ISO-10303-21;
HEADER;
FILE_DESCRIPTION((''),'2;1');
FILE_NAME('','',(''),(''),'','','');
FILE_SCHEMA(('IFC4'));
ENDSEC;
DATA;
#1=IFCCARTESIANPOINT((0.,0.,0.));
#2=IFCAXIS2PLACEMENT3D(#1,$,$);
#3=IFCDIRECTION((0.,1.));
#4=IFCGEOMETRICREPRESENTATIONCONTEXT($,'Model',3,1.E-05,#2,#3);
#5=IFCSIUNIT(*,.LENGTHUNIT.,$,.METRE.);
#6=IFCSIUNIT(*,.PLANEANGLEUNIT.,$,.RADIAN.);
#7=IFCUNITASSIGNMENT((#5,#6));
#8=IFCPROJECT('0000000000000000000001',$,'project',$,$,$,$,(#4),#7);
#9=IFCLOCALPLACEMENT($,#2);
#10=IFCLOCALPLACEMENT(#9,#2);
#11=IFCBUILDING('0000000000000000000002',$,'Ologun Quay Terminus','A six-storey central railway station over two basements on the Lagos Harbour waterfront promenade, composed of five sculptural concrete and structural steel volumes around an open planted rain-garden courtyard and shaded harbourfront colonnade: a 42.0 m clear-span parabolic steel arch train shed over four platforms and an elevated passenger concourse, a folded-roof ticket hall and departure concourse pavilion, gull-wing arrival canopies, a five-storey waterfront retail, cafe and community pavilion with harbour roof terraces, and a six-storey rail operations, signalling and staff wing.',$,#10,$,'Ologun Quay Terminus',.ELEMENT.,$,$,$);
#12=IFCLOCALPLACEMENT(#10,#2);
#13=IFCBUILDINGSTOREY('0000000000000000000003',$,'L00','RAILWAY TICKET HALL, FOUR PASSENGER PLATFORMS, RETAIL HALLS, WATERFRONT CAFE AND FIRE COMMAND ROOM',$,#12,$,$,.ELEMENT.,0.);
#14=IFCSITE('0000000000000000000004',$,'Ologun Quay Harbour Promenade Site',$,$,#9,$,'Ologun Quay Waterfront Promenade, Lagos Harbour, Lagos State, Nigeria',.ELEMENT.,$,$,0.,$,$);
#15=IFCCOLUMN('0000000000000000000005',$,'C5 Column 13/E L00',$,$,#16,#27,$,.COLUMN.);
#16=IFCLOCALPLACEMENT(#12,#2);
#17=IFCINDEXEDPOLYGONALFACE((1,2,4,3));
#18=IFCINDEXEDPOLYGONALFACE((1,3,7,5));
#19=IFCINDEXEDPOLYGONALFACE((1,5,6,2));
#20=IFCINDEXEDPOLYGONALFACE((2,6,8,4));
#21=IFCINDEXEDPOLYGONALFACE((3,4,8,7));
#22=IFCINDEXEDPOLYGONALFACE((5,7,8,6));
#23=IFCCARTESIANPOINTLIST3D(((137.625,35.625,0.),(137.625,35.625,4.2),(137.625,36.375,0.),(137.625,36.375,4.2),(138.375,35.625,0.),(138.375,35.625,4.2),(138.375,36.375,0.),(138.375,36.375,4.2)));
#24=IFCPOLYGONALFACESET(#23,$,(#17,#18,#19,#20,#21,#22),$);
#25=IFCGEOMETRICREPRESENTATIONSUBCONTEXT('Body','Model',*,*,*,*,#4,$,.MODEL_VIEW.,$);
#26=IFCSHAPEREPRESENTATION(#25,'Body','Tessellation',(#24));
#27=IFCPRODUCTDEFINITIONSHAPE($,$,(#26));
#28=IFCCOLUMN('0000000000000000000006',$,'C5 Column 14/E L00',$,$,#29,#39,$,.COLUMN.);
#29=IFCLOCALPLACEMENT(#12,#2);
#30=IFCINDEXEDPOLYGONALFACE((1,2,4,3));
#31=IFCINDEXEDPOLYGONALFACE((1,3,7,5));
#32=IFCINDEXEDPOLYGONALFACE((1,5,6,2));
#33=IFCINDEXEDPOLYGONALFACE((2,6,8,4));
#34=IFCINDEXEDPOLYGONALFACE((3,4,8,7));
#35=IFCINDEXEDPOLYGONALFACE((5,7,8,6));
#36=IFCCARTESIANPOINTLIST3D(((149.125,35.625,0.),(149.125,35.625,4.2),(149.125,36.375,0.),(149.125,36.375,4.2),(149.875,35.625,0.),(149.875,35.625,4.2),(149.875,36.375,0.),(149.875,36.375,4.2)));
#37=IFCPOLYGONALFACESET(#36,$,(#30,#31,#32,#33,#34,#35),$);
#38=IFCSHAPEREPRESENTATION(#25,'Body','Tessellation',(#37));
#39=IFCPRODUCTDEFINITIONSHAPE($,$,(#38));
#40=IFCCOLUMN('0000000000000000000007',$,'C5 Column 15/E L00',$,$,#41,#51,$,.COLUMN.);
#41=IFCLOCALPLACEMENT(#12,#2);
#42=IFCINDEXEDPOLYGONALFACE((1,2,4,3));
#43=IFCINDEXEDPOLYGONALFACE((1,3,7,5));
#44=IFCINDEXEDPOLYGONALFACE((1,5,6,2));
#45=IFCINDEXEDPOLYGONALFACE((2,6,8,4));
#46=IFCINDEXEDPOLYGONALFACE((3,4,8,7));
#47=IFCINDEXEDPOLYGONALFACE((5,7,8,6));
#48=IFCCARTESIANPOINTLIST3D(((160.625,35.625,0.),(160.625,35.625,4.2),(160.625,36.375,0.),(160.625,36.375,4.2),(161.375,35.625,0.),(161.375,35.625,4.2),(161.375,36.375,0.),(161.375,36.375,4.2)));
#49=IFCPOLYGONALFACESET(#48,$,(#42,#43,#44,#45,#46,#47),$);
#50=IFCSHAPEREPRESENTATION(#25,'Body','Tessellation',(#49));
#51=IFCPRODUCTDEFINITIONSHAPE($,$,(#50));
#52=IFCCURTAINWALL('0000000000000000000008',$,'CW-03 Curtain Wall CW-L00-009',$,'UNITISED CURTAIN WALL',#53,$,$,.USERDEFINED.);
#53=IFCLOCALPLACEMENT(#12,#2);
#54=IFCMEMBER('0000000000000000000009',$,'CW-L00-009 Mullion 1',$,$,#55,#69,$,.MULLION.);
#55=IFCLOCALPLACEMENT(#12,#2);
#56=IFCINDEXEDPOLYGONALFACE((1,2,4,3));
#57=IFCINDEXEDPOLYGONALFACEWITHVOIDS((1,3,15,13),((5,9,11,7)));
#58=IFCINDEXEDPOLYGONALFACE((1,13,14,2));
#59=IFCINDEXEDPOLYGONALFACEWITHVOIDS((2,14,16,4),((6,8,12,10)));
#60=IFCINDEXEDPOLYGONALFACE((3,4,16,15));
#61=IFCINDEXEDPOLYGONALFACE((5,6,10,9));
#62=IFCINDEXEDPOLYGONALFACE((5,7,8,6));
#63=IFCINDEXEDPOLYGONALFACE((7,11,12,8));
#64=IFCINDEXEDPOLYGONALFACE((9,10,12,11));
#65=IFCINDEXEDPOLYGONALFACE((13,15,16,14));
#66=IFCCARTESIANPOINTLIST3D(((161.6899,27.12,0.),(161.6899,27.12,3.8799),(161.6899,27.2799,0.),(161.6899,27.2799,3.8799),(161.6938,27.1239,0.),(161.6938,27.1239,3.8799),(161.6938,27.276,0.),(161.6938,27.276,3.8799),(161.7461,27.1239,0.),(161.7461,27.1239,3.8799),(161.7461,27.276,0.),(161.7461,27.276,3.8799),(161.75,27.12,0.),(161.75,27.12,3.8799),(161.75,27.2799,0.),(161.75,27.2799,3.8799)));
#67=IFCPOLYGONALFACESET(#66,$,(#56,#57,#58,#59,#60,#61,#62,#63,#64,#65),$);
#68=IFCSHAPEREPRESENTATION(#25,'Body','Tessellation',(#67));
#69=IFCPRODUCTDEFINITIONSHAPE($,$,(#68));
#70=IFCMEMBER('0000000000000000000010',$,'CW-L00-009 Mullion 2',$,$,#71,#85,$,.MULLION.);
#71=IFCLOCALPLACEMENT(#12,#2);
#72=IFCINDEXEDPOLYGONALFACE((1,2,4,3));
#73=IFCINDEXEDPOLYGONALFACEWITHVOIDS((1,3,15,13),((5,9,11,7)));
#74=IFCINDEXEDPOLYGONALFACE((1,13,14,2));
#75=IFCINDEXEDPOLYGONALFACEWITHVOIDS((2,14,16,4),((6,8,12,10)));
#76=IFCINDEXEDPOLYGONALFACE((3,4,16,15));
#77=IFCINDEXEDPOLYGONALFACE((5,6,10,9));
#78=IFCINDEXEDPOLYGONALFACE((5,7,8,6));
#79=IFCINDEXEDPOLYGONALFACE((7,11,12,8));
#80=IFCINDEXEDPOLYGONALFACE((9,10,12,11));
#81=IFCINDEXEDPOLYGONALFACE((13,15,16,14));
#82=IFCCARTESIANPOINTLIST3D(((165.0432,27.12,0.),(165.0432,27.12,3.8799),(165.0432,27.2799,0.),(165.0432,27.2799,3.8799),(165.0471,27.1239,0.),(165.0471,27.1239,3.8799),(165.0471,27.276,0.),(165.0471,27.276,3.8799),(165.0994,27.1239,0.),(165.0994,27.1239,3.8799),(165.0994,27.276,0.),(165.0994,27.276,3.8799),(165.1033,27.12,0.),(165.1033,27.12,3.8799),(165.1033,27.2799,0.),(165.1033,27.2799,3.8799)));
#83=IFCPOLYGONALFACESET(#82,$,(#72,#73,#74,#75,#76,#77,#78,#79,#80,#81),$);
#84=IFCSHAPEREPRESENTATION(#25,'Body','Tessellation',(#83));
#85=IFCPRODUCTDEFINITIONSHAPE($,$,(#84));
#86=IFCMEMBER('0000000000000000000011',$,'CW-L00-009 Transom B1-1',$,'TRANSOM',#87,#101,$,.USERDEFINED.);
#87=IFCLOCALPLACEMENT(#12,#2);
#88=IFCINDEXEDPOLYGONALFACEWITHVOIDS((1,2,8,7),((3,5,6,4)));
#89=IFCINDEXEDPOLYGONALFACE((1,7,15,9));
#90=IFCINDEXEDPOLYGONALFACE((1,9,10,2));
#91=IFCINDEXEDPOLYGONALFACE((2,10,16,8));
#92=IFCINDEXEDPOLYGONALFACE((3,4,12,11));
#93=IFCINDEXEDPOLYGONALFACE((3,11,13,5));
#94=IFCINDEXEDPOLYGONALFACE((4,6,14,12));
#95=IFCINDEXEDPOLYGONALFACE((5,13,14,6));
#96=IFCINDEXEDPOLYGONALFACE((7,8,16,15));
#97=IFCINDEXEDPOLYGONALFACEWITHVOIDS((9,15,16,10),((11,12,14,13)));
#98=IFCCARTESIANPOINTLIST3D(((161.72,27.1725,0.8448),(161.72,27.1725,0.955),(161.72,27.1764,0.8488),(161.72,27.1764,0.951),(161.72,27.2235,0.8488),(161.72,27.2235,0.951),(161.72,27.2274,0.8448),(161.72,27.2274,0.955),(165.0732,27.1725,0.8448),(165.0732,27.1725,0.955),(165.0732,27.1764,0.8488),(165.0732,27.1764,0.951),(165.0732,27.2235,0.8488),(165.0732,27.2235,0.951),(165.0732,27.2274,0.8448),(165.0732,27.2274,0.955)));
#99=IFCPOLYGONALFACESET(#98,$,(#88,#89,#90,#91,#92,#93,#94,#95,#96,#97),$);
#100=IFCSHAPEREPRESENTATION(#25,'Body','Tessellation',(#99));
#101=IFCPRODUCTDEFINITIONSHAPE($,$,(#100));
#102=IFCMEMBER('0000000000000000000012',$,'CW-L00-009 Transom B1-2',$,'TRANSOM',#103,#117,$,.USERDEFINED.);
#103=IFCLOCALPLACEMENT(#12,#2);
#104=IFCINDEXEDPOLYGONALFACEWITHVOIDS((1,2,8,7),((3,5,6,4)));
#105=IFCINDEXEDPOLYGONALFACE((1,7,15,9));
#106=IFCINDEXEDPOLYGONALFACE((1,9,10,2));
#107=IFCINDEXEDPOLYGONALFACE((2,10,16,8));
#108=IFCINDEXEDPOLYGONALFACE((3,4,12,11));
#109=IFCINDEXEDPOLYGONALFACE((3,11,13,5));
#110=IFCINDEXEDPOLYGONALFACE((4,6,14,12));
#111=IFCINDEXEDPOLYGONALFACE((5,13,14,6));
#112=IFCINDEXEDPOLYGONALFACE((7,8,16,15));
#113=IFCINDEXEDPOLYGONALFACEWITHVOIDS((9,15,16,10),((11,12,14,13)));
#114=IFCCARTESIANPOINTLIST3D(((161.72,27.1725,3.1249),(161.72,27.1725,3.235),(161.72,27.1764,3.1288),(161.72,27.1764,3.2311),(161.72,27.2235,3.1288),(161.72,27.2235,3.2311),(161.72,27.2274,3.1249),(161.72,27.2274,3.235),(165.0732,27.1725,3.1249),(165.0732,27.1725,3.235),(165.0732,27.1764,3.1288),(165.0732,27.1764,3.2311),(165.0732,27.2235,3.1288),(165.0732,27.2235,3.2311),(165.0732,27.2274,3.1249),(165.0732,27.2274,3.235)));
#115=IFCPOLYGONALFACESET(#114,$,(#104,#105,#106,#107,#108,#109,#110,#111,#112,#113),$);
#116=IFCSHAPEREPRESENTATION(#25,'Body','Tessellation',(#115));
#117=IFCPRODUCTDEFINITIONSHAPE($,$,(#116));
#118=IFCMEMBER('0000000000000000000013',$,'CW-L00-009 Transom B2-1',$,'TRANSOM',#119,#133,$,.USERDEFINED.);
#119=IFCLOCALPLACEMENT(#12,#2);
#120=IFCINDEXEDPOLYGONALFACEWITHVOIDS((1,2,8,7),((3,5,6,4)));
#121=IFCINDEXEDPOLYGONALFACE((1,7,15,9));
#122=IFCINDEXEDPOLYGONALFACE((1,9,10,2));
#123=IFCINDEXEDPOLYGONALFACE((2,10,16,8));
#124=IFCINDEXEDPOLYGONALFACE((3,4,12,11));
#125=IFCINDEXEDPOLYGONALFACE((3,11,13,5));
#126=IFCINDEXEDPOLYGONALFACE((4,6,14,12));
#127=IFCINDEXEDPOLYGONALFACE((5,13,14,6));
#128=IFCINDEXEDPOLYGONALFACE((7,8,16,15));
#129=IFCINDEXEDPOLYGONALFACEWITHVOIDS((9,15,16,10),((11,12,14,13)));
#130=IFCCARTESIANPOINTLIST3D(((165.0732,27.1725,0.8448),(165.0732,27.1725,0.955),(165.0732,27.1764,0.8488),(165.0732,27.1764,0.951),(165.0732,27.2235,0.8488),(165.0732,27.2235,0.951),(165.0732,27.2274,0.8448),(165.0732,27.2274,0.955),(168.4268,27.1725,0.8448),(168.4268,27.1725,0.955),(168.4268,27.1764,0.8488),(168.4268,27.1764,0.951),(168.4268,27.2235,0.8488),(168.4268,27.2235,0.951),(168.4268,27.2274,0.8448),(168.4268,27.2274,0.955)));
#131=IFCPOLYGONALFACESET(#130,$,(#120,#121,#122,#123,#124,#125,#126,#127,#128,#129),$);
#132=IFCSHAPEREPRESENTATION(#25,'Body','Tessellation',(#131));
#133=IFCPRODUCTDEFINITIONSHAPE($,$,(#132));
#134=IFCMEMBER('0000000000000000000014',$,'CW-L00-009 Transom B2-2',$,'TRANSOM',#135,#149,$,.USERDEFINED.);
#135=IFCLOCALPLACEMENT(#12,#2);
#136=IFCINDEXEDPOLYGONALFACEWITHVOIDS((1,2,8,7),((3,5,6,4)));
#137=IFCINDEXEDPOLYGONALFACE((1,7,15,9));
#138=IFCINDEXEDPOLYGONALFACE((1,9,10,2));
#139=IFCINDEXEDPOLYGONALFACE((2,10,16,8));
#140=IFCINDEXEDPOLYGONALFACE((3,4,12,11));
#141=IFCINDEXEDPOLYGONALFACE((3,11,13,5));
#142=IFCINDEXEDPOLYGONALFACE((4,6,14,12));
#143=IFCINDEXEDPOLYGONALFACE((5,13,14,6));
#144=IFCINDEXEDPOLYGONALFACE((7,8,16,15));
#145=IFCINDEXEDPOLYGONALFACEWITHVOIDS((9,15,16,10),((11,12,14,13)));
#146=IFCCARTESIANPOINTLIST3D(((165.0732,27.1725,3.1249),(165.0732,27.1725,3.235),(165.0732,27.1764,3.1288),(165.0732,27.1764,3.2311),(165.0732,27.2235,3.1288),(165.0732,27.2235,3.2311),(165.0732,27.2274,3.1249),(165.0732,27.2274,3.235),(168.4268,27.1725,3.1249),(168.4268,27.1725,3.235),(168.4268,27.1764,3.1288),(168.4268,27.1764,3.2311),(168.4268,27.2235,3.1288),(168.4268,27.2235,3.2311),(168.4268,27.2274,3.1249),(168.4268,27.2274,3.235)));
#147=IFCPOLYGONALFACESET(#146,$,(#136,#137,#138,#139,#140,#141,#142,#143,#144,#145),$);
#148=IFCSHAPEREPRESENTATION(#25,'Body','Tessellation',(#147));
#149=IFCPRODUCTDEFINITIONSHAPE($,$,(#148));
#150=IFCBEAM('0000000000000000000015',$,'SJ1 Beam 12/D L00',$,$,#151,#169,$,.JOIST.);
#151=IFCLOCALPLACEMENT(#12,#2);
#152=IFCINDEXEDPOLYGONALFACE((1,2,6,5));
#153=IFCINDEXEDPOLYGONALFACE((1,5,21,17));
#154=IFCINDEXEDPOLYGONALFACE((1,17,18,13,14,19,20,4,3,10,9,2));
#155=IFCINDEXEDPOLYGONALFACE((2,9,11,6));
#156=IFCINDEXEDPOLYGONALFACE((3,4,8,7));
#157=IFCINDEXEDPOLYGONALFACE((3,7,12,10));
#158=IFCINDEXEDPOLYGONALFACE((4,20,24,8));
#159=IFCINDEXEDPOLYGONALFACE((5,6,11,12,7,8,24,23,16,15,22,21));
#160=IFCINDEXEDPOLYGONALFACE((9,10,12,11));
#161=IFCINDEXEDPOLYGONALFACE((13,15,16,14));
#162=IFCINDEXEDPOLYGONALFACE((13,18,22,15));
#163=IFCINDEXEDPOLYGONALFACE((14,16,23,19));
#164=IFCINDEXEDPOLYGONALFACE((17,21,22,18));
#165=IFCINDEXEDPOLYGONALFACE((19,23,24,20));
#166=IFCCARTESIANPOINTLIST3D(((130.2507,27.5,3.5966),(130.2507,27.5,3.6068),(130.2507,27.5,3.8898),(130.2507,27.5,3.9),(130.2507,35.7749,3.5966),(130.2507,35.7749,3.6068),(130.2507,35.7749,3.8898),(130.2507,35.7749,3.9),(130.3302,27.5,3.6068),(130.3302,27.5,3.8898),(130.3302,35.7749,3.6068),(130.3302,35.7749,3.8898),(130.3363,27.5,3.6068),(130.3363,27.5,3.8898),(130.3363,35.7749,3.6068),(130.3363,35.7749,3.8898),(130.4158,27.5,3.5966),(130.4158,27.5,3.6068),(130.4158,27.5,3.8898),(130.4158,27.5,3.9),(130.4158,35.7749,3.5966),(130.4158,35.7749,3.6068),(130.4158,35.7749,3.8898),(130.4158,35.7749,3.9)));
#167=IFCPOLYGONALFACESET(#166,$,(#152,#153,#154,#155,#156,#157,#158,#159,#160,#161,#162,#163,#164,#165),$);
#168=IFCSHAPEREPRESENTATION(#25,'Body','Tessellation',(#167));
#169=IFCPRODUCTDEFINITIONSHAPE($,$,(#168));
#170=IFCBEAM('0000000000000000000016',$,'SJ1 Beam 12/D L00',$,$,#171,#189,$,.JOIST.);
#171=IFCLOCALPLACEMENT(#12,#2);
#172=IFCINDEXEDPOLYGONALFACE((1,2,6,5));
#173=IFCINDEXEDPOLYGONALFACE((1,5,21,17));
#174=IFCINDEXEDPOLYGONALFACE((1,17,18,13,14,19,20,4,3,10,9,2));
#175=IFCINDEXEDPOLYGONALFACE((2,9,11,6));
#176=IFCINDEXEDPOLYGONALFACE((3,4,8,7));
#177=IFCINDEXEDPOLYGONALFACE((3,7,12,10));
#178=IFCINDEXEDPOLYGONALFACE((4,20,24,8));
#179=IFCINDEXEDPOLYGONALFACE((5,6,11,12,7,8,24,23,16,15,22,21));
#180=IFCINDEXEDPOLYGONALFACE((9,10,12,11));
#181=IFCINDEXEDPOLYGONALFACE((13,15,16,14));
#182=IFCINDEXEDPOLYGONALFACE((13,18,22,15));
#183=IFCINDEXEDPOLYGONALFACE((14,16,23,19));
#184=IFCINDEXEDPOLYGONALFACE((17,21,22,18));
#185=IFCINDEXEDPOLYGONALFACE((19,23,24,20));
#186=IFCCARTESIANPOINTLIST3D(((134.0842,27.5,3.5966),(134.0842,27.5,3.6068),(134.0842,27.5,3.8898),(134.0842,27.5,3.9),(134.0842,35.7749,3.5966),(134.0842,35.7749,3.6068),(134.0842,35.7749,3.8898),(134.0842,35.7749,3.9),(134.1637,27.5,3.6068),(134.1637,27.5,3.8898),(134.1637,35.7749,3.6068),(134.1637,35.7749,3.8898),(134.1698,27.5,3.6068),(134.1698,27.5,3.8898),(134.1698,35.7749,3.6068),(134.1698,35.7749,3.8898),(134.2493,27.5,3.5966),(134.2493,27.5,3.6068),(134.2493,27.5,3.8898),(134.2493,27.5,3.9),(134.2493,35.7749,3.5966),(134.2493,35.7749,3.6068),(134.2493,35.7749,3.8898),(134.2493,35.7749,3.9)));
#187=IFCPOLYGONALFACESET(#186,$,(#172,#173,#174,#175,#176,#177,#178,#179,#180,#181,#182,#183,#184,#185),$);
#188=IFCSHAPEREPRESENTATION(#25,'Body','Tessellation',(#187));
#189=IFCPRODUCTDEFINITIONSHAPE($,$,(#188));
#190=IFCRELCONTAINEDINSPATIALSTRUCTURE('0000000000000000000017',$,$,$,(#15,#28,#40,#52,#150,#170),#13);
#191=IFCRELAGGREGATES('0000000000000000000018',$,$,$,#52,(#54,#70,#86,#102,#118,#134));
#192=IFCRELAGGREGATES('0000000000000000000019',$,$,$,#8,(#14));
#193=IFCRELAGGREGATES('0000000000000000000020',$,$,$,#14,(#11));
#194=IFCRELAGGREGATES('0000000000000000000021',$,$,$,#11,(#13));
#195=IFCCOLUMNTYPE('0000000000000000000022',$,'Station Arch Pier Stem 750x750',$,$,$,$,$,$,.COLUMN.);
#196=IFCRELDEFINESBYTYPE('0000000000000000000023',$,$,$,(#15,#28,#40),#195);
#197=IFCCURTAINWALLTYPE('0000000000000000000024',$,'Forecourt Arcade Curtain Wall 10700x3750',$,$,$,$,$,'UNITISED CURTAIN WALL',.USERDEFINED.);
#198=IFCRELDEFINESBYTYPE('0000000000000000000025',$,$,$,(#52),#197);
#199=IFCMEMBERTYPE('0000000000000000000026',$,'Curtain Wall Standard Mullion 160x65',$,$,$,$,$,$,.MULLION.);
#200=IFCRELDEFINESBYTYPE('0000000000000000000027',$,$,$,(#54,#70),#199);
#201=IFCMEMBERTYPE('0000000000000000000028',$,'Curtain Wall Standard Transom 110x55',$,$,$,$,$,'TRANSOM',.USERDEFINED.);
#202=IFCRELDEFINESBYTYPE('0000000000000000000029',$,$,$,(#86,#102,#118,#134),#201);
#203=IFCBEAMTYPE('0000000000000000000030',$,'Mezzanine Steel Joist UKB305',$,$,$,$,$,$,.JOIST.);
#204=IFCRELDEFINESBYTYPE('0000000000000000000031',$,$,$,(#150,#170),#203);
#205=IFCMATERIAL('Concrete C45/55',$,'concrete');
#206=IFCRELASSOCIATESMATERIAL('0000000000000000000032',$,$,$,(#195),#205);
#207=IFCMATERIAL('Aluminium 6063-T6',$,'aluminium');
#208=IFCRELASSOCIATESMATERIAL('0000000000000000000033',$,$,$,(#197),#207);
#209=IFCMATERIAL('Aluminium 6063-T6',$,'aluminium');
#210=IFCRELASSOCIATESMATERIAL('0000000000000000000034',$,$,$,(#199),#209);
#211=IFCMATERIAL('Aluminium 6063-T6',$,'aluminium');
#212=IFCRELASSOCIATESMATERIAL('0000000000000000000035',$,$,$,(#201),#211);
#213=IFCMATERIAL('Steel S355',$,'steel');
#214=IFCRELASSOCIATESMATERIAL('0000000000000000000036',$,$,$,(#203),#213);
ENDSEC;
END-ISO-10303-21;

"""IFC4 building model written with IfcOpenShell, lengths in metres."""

from ifc_helpers import new_model, si_unit, direction, frame, origin, origin_2d, place, context, subcontext, project, spatial, rectangle, hollow_rectangle, i_section, extrude, material, material_profile, profile_set, type_object, element, aggregate, save


model = new_model("IFC4")

# Units and contexts
model_context = context("Model", 3, precision=1e-05, world=origin(), true_north=direction((0.0, 1.0)))
body_context = subcontext(model_context, "Body", "Model", "MODEL_VIEW")
ifc_project = project(units=[si_unit("LENGTHUNIT", "METRE"), si_unit("PLANEANGLEUNIT", "RADIAN")], contexts=[model_context])

# Site, building, storey
site_placement = place(None, origin())
site = spatial("IfcSite", under=ifc_project, at=site_placement, Name="Ologun Quay Harbour Promenade Site", LongName="Ologun Quay Waterfront Promenade, Lagos Harbour, Lagos State, Nigeria", CompositionType="ELEMENT", RefElevation=0.0)
building_placement = place(site_placement, origin())
building = spatial("IfcBuilding", under=site, at=building_placement, Name="Ologun Quay Terminus", Description="A six-storey central railway station over two basements on the Lagos Harbour waterfront promenade, composed of five sculptural concrete and structural steel volumes around an open planted rain-garden courtyard and shaded harbourfront colonnade: a 42.0 m clear-span parabolic steel arch train shed over four platforms and an elevated passenger concourse, a folded-roof ticket hall and departure concourse pavilion, gull-wing arrival canopies, a five-storey waterfront retail, cafe and community pavilion with harbour roof terraces, and a six-storey rail operations, signalling and staff wing.", LongName="Ologun Quay Terminus", CompositionType="ELEMENT")
storey_placement = place(building_placement, origin())
storey = spatial("IfcBuildingStorey", under=building, at=storey_placement, Name="L00", Description="RAILWAY TICKET HALL, FOUR PASSENGER PLATFORMS, RETAIL HALLS, WATERFRONT CAFE AND FIRE COMMAND ROOM", CompositionType="ELEMENT", Elevation=0.0)

# Columns
ifc_material_1 = material(Name="Concrete C45/55", Category="concrete")
ifc_material_profile_1 = material_profile(ifc_material_1, rectangle(XDim=0.75, YDim=0.75, at=origin_2d()), Name="RC 750x750")
ifc_profile_set_1 = profile_set([ifc_material_profile_1], Name="Concrete C45/55")
column_type = type_object("IfcColumnType", Name="Station Arch Pier Stem 750x750", PredefinedType="COLUMN", material=ifc_profile_set_1)
for number, where, z_axis, x_axis, name in (
    (1, (138.0, 36.0, 0.0), (0.0, 0.0, 1.0), (1.0, 0.0, 0.0), "C5 Column 13/E L00"),
    (2, (149.5, 36.0, 0.0), (0.0, 0.0, 1.0), (1.0, 0.0, 0.0), "C5 Column 14/E L00"),
    (3, (161.0, 36.0, 0.0), (0.0, 0.0, 1.0), (1.0, 0.0, 0.0), "C5 Column 15/E L00"),
):
    element("IfcColumn", number, at=place(storey_placement, frame(where, z_axis=z_axis, x_axis=x_axis)), inside=storey, type_object=column_type, Name=name, PredefinedType="COLUMN", context=body_context, shape_type="SweptSolid", body=[
        extrude(rectangle(XDim=0.75, YDim=0.75, at=origin_2d()), origin(), (0.0, 0.0, 1.0), 4.2),
    ])

# Curtain wall, members
ifc_material_2 = material(Name="Aluminium 6063-T6", Category="aluminium")
curtain_wall_type = type_object("IfcCurtainWallType", Name="Forecourt Arcade Curtain Wall 10700x3750", ElementType="UNITISED CURTAIN WALL", PredefinedType="USERDEFINED", material=ifc_material_2)
curtain_wall_placement = place(storey_placement, origin())
curtain_wall = element("IfcCurtainWall", 4, at=curtain_wall_placement, inside=storey, type_object=curtain_wall_type, Name="CW-03 Curtain Wall CW-L00-009", ObjectType="UNITISED CURTAIN WALL", PredefinedType="USERDEFINED")
ifc_material_3 = material(Name="Aluminium 6063-T6", Category="aluminium")
ifc_material_profile_2 = material_profile(ifc_material_3, hollow_rectangle(XDim=0.0601, YDim=0.1599, WallThickness=0.0039, at=origin_2d()), Name="ALU 160x60x4")
ifc_profile_set_2 = profile_set([ifc_material_profile_2], Name="Aluminium 6063-T6")
member_type_1 = type_object("IfcMemberType", Name="Curtain Wall Standard Mullion 160x65", PredefinedType="MULLION", material=ifc_profile_set_2)
member_1_placement = place(storey_placement, frame((161.72, 27.2, 0.0), z_axis=(0.0, 0.0, 1.0), x_axis=(1.0, 0.0, 0.0)))
member_1 = element("IfcMember", 5, at=member_1_placement, type_object=member_type_1, Name="CW-L00-009 Mullion 1", PredefinedType="MULLION", context=body_context, shape_type="SweptSolid", body=[
    extrude(hollow_rectangle(XDim=0.0601, YDim=0.1599, WallThickness=0.0039, at=origin_2d()), origin(), (0.0, 0.0, 1.0), 3.8799),
])
member_2_placement = place(storey_placement, frame((165.0732, 27.2, 0.0), z_axis=(0.0, 0.0, 1.0), x_axis=(1.0, 0.0, 0.0)))
member_2 = element("IfcMember", 6, at=member_2_placement, type_object=member_type_1, Name="CW-L00-009 Mullion 2", PredefinedType="MULLION", context=body_context, shape_type="SweptSolid", body=[
    extrude(hollow_rectangle(XDim=0.0601, YDim=0.1599, WallThickness=0.0039, at=origin_2d()), origin(), (0.0, 0.0, 1.0), 3.8799),
])
ifc_material_4 = material(Name="Aluminium 6063-T6", Category="aluminium")
ifc_material_profile_3 = material_profile(ifc_material_4, hollow_rectangle(XDim=0.0549, YDim=0.1101, WallThickness=0.0039, at=origin_2d()), Name="ALU 110x55x4")
ifc_profile_set_3 = profile_set([ifc_material_profile_3], Name="Aluminium 6063-T6")
member_type_2 = type_object("IfcMemberType", Name="Curtain Wall Standard Transom 110x55", ElementType="TRANSOM", PredefinedType="USERDEFINED", material=ifc_profile_set_3)
member_3_placement = place(storey_placement, frame((161.72, 27.2, 0.8999), z_axis=(1.0, 0.0, 0.0), x_axis=(0.0, 1.0, 0.0)))
member_3 = element("IfcMember", 7, at=member_3_placement, type_object=member_type_2, Name="CW-L00-009 Transom B1-1", ObjectType="TRANSOM", PredefinedType="USERDEFINED", context=body_context, shape_type="SweptSolid", body=[
    extrude(hollow_rectangle(XDim=0.0549, YDim=0.1101, WallThickness=0.0039, at=origin_2d()), origin(), (0.0, 0.0, 1.0), 3.3533),
])
member_4_placement = place(storey_placement, frame((161.72, 27.2, 3.1799), z_axis=(1.0, 0.0, 0.0), x_axis=(0.0, 1.0, 0.0)))
member_4 = element("IfcMember", 8, at=member_4_placement, type_object=member_type_2, Name="CW-L00-009 Transom B1-2", ObjectType="TRANSOM", PredefinedType="USERDEFINED", context=body_context, shape_type="SweptSolid", body=[
    extrude(hollow_rectangle(XDim=0.0549, YDim=0.1101, WallThickness=0.0039, at=origin_2d()), origin(), (0.0, 0.0, 1.0), 3.3533),
])
member_5_placement = place(storey_placement, frame((165.0732, 27.2, 0.8999), z_axis=(1.0, 0.0, 0.0), x_axis=(0.0, 1.0, 0.0)))
member_5 = element("IfcMember", 9, at=member_5_placement, type_object=member_type_2, Name="CW-L00-009 Transom B2-1", ObjectType="TRANSOM", PredefinedType="USERDEFINED", context=body_context, shape_type="SweptSolid", body=[
    extrude(hollow_rectangle(XDim=0.0549, YDim=0.1101, WallThickness=0.0039, at=origin_2d()), origin(), (0.0, 0.0, 1.0), 3.3535),
])
member_6_placement = place(storey_placement, frame((165.0732, 27.2, 3.1799), z_axis=(1.0, 0.0, 0.0), x_axis=(0.0, 1.0, 0.0)))
member_6 = element("IfcMember", 10, at=member_6_placement, type_object=member_type_2, Name="CW-L00-009 Transom B2-2", ObjectType="TRANSOM", PredefinedType="USERDEFINED", context=body_context, shape_type="SweptSolid", body=[
    extrude(hollow_rectangle(XDim=0.0549, YDim=0.1101, WallThickness=0.0039, at=origin_2d()), origin(), (0.0, 0.0, 1.0), 3.3535),
])

# Beams
ifc_material_5 = material(Name="Steel S355", Category="steel")
ifc_material_profile_4 = material_profile(ifc_material_5, i_section(OverallWidth=0.165, OverallDepth=0.3035, WebThickness=0.0061, FlangeThickness=0.0103, at=origin_2d()), Name="UKB 305x165x40")
ifc_profile_set_4 = profile_set([ifc_material_profile_4], Name="Steel S355")
beam_type_1 = type_object("IfcBeamType", Name="Mezzanine Steel Joist UKB305", PredefinedType="JOIST", material=ifc_profile_set_4)
for number, where, z_axis, x_axis, name in (
    (11, (130.3333, 27.5, 3.7483), (0.0, 1.0, 0.0), (-1.0, 0.0, 0.0), "SJ1 Beam 12/D L00"),
    (12, (134.1667, 27.5, 3.7483), (0.0, 1.0, 0.0), (-1.0, 0.0, 0.0), "SJ1 Beam 12/D L00"),
):
    element("IfcBeam", number, at=place(storey_placement, frame(where, z_axis=z_axis, x_axis=x_axis)), inside=storey, type_object=beam_type_1, Name=name, PredefinedType="JOIST", context=body_context, shape_type="SweptSolid", body=[
        extrude(i_section(OverallWidth=0.165, OverallDepth=0.3035, WebThickness=0.0061, FlangeThickness=0.0103, at=origin_2d()), origin(), (0.0, 0.0, 1.0), 8.2749),
    ])

aggregate(curtain_wall, [member_1, member_2, member_3, member_4, member_5, member_6])

save(model, "model.ifc")
